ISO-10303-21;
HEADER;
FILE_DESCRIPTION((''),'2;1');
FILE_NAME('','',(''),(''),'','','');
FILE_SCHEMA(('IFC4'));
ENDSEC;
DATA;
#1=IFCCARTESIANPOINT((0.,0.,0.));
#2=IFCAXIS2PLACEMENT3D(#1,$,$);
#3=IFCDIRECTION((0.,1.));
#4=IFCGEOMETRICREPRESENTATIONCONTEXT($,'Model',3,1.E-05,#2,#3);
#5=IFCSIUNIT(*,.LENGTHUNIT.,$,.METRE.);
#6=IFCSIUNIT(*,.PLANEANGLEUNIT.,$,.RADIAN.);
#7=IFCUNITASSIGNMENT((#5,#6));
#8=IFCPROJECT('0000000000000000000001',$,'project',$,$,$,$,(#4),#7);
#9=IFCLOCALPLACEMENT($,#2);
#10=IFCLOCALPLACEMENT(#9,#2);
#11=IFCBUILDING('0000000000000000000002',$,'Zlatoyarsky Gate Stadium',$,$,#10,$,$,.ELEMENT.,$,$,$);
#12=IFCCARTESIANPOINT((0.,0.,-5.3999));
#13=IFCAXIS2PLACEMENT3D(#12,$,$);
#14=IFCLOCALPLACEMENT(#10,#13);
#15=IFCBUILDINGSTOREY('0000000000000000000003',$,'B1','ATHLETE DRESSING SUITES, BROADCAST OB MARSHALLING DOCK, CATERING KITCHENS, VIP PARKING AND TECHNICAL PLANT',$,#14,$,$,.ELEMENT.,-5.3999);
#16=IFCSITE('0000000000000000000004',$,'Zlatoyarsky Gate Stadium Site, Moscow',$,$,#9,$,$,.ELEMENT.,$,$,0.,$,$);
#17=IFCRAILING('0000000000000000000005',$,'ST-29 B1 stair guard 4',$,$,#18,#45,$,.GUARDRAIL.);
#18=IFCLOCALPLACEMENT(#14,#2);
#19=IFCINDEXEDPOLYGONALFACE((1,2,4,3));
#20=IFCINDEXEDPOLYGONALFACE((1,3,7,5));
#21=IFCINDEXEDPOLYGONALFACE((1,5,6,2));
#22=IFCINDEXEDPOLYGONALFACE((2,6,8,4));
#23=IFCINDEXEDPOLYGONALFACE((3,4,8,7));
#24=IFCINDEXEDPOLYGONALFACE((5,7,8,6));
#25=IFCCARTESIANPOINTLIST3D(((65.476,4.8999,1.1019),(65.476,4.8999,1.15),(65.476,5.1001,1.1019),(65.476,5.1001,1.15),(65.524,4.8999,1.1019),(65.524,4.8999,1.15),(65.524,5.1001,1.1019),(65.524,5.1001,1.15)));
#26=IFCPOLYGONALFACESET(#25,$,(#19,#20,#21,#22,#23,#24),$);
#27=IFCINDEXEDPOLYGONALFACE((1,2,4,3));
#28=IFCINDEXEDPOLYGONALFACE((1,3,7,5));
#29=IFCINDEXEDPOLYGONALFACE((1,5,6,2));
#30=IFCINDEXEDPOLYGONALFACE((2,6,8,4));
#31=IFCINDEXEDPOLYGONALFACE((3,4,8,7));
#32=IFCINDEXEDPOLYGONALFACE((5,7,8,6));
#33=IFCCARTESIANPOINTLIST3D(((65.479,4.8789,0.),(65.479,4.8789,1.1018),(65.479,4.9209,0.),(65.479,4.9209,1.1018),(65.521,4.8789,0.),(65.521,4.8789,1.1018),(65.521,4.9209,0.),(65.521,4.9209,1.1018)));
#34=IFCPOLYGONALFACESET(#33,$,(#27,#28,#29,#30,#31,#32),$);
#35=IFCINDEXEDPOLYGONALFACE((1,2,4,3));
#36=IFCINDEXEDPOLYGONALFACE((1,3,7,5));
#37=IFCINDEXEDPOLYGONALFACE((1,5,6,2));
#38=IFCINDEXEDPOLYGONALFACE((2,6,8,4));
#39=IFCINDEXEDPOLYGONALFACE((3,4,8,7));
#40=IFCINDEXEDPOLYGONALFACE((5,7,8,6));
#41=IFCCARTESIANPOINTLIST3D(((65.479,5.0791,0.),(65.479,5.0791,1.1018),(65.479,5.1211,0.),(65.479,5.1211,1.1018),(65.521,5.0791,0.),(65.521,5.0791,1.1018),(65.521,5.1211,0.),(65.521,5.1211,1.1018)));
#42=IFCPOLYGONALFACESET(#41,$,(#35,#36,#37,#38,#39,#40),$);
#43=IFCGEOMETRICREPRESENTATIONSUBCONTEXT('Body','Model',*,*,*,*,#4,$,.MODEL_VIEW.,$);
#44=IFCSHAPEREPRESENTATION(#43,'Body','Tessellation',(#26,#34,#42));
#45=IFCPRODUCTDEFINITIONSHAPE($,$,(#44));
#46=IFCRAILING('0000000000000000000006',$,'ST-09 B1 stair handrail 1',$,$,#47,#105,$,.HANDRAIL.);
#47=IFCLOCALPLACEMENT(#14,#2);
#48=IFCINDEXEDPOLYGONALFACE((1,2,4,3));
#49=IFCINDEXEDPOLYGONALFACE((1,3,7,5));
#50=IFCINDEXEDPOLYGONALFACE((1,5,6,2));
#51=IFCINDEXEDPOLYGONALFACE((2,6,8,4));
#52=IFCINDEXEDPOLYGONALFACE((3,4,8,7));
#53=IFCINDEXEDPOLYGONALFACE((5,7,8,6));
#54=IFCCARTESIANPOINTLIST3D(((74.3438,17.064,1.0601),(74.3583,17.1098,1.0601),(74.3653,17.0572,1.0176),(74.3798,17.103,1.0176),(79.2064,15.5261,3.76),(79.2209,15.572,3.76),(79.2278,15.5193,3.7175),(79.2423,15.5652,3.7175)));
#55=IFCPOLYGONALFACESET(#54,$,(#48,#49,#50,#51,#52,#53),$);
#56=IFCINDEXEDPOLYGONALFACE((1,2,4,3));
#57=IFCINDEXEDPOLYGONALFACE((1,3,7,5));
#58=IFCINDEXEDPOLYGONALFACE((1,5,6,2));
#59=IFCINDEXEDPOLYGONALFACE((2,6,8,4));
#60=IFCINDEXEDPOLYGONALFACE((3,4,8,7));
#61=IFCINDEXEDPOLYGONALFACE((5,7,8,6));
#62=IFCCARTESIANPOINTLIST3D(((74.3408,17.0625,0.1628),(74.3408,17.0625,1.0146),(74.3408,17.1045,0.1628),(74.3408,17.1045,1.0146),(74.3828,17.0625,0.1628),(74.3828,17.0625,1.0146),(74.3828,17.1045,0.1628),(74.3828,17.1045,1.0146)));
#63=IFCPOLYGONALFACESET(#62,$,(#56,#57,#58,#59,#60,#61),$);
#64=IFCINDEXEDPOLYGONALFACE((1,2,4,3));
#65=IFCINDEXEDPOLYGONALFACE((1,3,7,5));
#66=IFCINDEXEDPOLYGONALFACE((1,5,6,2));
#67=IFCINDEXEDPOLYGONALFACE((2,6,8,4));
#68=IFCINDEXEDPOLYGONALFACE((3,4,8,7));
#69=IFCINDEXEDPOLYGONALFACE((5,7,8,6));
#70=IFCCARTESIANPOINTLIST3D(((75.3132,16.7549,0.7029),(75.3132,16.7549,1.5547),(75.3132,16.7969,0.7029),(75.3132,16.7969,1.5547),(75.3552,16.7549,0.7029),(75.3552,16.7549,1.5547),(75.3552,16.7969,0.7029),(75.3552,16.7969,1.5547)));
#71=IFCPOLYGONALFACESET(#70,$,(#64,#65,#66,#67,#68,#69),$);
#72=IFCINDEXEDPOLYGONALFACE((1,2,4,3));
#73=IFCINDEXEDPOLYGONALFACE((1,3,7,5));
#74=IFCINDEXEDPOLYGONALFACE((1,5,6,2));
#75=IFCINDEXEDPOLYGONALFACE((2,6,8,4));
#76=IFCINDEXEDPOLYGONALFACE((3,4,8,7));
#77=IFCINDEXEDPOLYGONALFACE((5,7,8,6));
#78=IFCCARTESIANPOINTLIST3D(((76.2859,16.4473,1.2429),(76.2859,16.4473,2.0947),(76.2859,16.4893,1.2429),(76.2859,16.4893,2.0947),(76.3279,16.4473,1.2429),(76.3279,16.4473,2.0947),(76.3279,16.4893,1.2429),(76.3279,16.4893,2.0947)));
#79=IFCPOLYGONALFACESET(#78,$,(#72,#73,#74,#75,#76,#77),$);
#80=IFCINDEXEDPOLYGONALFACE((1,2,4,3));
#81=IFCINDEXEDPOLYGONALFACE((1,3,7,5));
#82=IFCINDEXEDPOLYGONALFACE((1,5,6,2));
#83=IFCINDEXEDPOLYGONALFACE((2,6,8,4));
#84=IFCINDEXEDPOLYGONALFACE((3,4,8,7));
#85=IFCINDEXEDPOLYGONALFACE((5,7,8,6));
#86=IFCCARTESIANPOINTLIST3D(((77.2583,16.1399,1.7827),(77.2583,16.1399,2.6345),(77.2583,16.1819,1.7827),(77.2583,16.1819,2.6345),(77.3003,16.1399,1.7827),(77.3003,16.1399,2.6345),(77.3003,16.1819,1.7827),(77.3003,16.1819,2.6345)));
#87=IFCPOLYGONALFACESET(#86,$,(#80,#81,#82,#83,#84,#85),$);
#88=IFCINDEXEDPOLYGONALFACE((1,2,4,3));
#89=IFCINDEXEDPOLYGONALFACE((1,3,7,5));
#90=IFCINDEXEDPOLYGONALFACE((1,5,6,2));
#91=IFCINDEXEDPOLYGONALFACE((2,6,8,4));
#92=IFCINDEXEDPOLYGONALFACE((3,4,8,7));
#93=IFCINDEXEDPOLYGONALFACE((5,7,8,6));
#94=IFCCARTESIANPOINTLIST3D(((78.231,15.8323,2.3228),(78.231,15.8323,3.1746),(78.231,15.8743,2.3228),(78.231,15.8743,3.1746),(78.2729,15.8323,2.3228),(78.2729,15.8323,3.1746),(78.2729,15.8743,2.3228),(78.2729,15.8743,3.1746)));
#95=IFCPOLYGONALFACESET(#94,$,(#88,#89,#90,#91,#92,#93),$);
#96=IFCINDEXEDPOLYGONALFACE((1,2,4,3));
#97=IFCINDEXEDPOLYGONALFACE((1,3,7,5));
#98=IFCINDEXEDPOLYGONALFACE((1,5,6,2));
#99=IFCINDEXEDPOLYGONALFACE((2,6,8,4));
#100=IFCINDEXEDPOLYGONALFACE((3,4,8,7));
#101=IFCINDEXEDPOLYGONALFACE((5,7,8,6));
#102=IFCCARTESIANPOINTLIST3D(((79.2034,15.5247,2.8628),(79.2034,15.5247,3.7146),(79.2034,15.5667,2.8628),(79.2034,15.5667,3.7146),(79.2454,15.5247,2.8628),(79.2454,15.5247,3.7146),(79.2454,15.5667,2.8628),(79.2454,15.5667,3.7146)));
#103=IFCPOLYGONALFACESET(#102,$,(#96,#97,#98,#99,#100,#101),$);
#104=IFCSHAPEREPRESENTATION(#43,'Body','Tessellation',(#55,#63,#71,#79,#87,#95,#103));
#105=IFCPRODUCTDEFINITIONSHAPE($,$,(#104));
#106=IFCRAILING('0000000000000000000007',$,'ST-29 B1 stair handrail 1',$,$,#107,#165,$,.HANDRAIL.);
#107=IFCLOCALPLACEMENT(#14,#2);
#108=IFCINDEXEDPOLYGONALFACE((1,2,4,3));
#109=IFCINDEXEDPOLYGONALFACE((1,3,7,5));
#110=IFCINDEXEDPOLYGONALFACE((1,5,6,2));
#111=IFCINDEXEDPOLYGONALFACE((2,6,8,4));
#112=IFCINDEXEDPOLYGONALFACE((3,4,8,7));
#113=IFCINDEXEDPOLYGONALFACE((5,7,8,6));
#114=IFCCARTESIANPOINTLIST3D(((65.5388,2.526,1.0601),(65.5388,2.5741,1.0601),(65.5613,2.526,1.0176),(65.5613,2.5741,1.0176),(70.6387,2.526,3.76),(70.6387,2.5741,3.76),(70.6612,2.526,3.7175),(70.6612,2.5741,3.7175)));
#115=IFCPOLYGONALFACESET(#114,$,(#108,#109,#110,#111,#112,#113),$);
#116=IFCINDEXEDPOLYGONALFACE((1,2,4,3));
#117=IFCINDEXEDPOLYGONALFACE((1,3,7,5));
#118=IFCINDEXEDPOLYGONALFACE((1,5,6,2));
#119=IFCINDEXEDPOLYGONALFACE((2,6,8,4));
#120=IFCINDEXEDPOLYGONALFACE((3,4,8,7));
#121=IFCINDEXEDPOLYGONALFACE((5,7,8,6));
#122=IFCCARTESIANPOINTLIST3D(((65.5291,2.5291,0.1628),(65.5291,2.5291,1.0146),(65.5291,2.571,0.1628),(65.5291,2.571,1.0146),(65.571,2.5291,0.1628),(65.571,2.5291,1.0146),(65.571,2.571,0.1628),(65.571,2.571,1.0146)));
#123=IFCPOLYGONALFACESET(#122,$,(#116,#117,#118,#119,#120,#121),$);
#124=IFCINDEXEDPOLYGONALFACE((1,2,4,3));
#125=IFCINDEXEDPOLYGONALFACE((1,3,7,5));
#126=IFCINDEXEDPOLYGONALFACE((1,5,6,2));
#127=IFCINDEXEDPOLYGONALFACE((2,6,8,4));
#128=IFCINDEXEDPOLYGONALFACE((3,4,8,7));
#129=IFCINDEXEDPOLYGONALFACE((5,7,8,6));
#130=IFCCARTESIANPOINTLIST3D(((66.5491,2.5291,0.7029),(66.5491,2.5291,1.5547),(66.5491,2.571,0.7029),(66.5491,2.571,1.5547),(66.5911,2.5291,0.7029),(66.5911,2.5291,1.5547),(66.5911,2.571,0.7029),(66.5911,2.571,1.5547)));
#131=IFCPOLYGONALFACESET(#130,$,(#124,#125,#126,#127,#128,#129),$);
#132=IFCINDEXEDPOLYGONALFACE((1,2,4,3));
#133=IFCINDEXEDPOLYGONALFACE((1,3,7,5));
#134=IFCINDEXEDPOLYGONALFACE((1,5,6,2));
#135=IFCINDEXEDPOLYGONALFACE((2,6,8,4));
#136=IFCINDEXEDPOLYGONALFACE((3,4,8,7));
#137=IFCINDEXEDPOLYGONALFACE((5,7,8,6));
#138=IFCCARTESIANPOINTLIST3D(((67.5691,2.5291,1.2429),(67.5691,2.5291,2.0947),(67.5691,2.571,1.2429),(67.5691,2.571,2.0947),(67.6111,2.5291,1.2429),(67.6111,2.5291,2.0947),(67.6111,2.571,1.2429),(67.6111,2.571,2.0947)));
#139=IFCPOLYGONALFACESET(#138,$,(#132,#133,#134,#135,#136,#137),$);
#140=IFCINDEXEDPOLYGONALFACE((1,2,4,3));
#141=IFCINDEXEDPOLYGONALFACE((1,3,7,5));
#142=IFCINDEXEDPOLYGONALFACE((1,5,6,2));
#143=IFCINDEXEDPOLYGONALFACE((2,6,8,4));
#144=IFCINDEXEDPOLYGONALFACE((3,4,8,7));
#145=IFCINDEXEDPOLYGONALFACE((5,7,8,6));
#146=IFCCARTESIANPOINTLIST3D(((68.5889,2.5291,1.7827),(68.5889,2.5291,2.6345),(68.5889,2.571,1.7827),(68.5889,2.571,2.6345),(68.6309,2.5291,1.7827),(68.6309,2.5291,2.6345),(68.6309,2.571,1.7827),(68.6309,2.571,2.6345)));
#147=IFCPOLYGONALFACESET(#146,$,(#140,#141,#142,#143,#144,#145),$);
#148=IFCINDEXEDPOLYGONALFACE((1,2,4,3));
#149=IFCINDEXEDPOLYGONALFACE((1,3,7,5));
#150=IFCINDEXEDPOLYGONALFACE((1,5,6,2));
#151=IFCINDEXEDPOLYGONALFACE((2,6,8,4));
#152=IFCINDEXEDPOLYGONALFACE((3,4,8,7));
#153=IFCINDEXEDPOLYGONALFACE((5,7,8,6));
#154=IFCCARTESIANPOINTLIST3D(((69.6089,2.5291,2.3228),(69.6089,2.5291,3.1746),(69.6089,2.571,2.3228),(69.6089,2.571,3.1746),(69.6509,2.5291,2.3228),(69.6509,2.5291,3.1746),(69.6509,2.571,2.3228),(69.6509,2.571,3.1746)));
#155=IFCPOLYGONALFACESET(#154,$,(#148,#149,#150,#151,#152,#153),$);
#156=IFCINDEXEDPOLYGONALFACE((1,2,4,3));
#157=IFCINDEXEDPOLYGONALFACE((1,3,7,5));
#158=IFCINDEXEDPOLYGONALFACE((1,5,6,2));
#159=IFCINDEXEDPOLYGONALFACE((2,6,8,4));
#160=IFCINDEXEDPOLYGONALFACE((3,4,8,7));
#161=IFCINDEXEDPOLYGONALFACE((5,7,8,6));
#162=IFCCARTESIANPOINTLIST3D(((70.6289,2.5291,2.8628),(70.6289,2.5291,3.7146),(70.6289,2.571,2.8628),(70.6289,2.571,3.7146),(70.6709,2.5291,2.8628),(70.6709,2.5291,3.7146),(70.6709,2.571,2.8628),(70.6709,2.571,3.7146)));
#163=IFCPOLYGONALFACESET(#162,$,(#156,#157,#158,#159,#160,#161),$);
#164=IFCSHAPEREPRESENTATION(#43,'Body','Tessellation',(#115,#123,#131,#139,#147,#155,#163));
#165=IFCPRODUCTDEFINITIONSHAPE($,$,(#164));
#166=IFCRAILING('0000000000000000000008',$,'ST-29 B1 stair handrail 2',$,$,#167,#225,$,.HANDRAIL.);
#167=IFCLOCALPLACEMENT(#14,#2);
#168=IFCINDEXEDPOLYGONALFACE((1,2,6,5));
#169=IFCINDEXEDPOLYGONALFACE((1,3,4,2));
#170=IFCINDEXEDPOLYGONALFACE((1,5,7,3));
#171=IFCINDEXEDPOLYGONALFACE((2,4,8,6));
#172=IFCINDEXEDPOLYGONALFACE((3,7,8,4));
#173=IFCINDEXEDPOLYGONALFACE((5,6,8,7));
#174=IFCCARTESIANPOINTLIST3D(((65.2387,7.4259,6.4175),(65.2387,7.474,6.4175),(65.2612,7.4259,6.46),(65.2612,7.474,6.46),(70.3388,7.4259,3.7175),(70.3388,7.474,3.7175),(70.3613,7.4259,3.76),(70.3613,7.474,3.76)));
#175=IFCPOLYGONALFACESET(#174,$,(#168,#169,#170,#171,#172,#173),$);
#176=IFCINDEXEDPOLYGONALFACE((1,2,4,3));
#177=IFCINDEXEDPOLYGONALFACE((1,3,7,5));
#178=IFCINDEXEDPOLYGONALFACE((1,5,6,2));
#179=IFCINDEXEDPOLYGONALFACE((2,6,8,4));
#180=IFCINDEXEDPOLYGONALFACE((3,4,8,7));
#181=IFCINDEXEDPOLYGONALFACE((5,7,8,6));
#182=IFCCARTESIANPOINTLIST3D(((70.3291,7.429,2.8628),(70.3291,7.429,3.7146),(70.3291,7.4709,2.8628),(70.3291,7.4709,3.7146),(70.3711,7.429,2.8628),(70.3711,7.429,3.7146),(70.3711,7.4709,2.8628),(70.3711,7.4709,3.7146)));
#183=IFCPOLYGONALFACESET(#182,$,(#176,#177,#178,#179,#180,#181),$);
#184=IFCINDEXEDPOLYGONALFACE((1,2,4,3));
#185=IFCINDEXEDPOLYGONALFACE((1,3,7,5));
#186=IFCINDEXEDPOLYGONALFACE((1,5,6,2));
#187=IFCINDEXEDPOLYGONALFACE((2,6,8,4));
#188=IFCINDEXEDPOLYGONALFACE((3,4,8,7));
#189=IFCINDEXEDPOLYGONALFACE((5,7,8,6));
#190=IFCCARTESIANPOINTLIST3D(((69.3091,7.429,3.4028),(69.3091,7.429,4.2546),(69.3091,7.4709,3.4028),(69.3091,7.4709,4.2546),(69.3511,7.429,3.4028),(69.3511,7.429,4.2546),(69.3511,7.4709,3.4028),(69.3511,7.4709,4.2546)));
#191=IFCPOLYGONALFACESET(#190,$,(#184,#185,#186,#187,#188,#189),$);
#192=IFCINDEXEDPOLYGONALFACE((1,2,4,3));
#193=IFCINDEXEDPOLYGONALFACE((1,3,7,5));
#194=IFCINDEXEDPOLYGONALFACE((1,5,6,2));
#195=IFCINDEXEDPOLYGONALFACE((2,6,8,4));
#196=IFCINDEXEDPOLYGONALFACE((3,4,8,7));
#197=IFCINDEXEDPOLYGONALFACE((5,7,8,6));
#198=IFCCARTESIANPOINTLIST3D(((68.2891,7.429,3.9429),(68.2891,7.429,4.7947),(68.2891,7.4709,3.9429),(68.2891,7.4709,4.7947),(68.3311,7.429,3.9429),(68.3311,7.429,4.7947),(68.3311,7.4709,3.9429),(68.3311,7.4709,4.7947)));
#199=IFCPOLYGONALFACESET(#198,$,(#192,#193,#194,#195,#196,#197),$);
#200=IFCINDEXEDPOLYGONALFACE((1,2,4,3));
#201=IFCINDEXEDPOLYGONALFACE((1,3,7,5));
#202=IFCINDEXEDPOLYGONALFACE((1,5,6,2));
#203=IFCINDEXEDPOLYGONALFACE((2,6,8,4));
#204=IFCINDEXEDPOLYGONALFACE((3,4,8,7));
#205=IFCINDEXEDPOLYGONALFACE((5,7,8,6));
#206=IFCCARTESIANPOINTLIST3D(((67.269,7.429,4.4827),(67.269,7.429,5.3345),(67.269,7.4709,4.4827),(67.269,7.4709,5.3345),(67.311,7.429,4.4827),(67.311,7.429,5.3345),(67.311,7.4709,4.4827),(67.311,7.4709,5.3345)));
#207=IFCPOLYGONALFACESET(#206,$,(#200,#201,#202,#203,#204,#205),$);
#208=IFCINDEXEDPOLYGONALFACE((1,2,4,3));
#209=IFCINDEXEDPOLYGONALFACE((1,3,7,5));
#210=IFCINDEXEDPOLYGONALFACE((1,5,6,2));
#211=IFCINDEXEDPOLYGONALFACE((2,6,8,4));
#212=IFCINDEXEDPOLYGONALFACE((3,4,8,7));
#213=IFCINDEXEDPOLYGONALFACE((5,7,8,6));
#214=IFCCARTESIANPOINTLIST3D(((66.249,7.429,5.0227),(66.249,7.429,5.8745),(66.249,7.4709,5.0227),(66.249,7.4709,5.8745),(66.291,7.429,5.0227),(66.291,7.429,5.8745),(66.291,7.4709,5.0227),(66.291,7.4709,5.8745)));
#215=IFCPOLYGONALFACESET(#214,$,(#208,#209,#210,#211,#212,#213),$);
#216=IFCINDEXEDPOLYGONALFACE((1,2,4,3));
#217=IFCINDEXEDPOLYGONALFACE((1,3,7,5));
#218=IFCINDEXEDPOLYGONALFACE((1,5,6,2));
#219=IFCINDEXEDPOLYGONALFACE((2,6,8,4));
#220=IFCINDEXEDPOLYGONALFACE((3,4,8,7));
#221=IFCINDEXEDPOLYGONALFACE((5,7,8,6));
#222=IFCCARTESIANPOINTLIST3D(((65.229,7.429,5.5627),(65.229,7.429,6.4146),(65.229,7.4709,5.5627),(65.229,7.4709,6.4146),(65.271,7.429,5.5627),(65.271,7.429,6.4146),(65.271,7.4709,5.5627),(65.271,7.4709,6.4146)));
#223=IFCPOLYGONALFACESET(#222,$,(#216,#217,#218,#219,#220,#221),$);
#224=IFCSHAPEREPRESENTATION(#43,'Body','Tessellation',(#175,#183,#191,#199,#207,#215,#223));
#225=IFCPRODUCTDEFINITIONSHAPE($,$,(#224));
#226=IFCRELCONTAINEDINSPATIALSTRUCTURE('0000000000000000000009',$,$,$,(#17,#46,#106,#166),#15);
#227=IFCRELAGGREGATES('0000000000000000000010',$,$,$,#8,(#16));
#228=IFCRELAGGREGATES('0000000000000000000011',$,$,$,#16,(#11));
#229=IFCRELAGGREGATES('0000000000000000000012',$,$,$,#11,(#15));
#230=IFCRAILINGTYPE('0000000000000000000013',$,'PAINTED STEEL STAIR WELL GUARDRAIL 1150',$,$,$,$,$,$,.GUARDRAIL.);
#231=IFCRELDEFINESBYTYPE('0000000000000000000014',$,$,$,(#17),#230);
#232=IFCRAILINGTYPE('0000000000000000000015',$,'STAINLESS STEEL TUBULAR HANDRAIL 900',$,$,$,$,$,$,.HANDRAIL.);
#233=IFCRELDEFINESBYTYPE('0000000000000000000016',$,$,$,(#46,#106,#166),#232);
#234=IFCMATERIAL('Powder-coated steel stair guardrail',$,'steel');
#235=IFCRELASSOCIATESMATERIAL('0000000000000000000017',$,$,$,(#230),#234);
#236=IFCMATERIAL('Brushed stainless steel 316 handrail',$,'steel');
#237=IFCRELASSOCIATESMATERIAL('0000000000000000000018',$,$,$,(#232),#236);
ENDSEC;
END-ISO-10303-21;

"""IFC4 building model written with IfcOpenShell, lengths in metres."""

from ifc_helpers import new_model, si_unit, direction, frame, origin, origin_2d, place, context, subcontext, project, spatial, rectangle, extrude, material, type_object, element, save


model = new_model("IFC4")

# Units and contexts
model_context = context("Model", 3, precision=1e-05, world=origin(), true_north=direction((0.0, 1.0)))
body_context = subcontext(model_context, "Body", "Model", "MODEL_VIEW")
ifc_project = project(units=[si_unit("LENGTHUNIT", "METRE"), si_unit("PLANEANGLEUNIT", "RADIAN")], contexts=[model_context])

# Site, building, storey
site_placement = place(None, origin())
site = spatial("IfcSite", under=ifc_project, at=site_placement, Name="Zlatoyarsky Gate Stadium Site, Moscow", CompositionType="ELEMENT", RefElevation=0.0)
building_placement = place(site_placement, origin())
building = spatial("IfcBuilding", under=site, at=building_placement, Name="Zlatoyarsky Gate Stadium", CompositionType="ELEMENT")
storey_placement = place(building_placement, frame((0.0, 0.0, -5.3999)))
storey = spatial("IfcBuildingStorey", under=building, at=storey_placement, Name="B1", Description="ATHLETE DRESSING SUITES, BROADCAST OB MARSHALLING DOCK, CATERING KITCHENS, VIP PARKING AND TECHNICAL PLANT", CompositionType="ELEMENT", Elevation=-5.3999)

# Railings
ifc_material_1 = material(Name="Powder-coated steel stair guardrail", Category="steel")
railing_type_1 = type_object("IfcRailingType", Name="PAINTED STEEL STAIR WELL GUARDRAIL 1150", PredefinedType="GUARDRAIL", material=ifc_material_1)
railing_1_placement = place(storey_placement, frame((65.5, 4.8999, 0.0)))
element("IfcRailing", 1, at=railing_1_placement, inside=storey, type_object=railing_type_1, Name="ST-29 B1 stair guard 4", PredefinedType="GUARDRAIL", context=body_context, shape_type="SweptSolid", body=[
    extrude(rectangle(XDim=0.0481, YDim=0.0481, at=origin_2d()), frame((0.0, 0.0, 1.126), z_axis=(0.0, 1.0, 0.0), x_axis=(-1.0, 0.0, 0.0)), (0.0, 0.0, 1.0), 0.2002),
    extrude(rectangle(XDim=0.042, YDim=0.042, at=origin_2d()), origin(), (0.0, 0.0, 1.0), 1.1018),
    extrude(rectangle(XDim=0.042, YDim=0.042, at=origin_2d()), frame((0.0, 0.2002, 0.0)), (0.0, 0.0, 1.0), 1.1018),
])
ifc_material_2 = material(Name="Brushed stainless steel 316 handrail", Category="steel")
railing_type_2 = type_object("IfcRailingType", Name="STAINLESS STEEL TUBULAR HANDRAIL 900", PredefinedType="HANDRAIL", material=ifc_material_2)
railing_2_placement = place(storey_placement, frame((74.3618, 17.0835, 0.1628)))
element("IfcRailing", 2, at=railing_2_placement, inside=storey, type_object=railing_type_2, Name="ST-09 B1 stair handrail 1", PredefinedType="HANDRAIL", context=body_context, shape_type="SweptSolid", body=[
    extrude(rectangle(XDim=0.0481, YDim=0.0481, at=origin_2d()), frame((0.0, 0.0, 0.876), z_axis=(0.842651, -0.266499, 0.467886), x_axis=(0.301541, 0.953453, 0.0)), (0.0, 0.0, 1.0), 5.7705),
    extrude(rectangle(XDim=0.042, YDim=0.042, at=origin_2d()), origin(), (0.0, 0.0, 1.0), 0.8518),
    extrude(rectangle(XDim=0.042, YDim=0.042, at=origin_2d()), frame((0.9724, -0.3076, 0.54)), (0.0, 0.0, 1.0), 0.8518),
    extrude(rectangle(XDim=0.042, YDim=0.042, at=origin_2d()), frame((1.9451, -0.6152, 1.0801)), (0.0, 0.0, 1.0), 0.8518),
    extrude(rectangle(XDim=0.042, YDim=0.042, at=origin_2d()), frame((2.9175, -0.9226, 1.6199)), (0.0, 0.0, 1.0), 0.8518),
    extrude(rectangle(XDim=0.042, YDim=0.042, at=origin_2d()), frame((3.8901, -1.2302, 2.1599)), (0.0, 0.0, 1.0), 0.8518),
    extrude(rectangle(XDim=0.042, YDim=0.042, at=origin_2d()), frame((4.8625, -1.5378, 2.7)), (0.0, 0.0, 1.0), 0.8518),
])
railing_3_placement = place(storey_placement, frame((65.55, 2.55, 0.1628)))
element("IfcRailing", 3, at=railing_3_placement, inside=storey, type_object=railing_type_2, Name="ST-29 B1 stair handrail 1", PredefinedType="HANDRAIL", context=body_context, shape_type="SweptSolid", body=[
    extrude(rectangle(XDim=0.0481, YDim=0.0481, at=origin_2d()), frame((0.0, 0.0, 0.876), z_axis=(0.883786, 0.0, 0.467892), x_axis=(0.0, 1.0, 0.0)), (0.0, 0.0, 1.0), 5.7705),
    extrude(rectangle(XDim=0.042, YDim=0.042, at=origin_2d()), origin(), (0.0, 0.0, 1.0), 0.8518),
    extrude(rectangle(XDim=0.042, YDim=0.042, at=origin_2d()), frame((1.02, 0.0, 0.54)), (0.0, 0.0, 1.0), 0.8518),
    extrude(rectangle(XDim=0.042, YDim=0.042, at=origin_2d()), frame((2.04, 0.0, 1.0801)), (0.0, 0.0, 1.0), 0.8518),
    extrude(rectangle(XDim=0.042, YDim=0.042, at=origin_2d()), frame((3.0598, 0.0, 1.6199)), (0.0, 0.0, 1.0), 0.8518),
    extrude(rectangle(XDim=0.042, YDim=0.042, at=origin_2d()), frame((4.0798, 0.0, 2.1599)), (0.0, 0.0, 1.0), 0.8518),
    extrude(rectangle(XDim=0.042, YDim=0.042, at=origin_2d()), frame((5.0999, 0.0, 2.7)), (0.0, 0.0, 1.0), 0.8518),
])
railing_4_placement = place(storey_placement, frame((70.3501, 7.45, 2.8628)))
element("IfcRailing", 4, at=railing_4_placement, inside=storey, type_object=railing_type_2, Name="ST-29 B1 stair handrail 2", PredefinedType="HANDRAIL", context=body_context, shape_type="SweptSolid", body=[
    extrude(rectangle(XDim=0.0481, YDim=0.0481, at=origin_2d()), frame((0.0, 0.0, 0.876), z_axis=(-0.883795, 0.0, 0.467874), x_axis=(0.0, -1.0, 0.0)), (0.0, 0.0, 1.0), 5.7708),
    extrude(rectangle(XDim=0.042, YDim=0.042, at=origin_2d()), origin(), (0.0, 0.0, 1.0), 0.8518),
    extrude(rectangle(XDim=0.042, YDim=0.042, at=origin_2d()), frame((-1.02, 0.0, 0.54)), (0.0, 0.0, 1.0), 0.8518),
    extrude(rectangle(XDim=0.042, YDim=0.042, at=origin_2d()), frame((-2.04, 0.0, 1.0801)), (0.0, 0.0, 1.0), 0.8518),
    extrude(rectangle(XDim=0.042, YDim=0.042, at=origin_2d()), frame((-3.0601, 0.0, 1.6199)), (0.0, 0.0, 1.0), 0.8518),
    extrude(rectangle(XDim=0.042, YDim=0.042, at=origin_2d()), frame((-4.0801, 0.0, 2.1599)), (0.0, 0.0, 1.0), 0.8518),
    extrude(rectangle(XDim=0.042, YDim=0.042, at=origin_2d()), frame((-5.1001, 0.0, 2.7)), (0.0, 0.0, 1.0), 0.8518),
])

save(model, "model.ifc")
